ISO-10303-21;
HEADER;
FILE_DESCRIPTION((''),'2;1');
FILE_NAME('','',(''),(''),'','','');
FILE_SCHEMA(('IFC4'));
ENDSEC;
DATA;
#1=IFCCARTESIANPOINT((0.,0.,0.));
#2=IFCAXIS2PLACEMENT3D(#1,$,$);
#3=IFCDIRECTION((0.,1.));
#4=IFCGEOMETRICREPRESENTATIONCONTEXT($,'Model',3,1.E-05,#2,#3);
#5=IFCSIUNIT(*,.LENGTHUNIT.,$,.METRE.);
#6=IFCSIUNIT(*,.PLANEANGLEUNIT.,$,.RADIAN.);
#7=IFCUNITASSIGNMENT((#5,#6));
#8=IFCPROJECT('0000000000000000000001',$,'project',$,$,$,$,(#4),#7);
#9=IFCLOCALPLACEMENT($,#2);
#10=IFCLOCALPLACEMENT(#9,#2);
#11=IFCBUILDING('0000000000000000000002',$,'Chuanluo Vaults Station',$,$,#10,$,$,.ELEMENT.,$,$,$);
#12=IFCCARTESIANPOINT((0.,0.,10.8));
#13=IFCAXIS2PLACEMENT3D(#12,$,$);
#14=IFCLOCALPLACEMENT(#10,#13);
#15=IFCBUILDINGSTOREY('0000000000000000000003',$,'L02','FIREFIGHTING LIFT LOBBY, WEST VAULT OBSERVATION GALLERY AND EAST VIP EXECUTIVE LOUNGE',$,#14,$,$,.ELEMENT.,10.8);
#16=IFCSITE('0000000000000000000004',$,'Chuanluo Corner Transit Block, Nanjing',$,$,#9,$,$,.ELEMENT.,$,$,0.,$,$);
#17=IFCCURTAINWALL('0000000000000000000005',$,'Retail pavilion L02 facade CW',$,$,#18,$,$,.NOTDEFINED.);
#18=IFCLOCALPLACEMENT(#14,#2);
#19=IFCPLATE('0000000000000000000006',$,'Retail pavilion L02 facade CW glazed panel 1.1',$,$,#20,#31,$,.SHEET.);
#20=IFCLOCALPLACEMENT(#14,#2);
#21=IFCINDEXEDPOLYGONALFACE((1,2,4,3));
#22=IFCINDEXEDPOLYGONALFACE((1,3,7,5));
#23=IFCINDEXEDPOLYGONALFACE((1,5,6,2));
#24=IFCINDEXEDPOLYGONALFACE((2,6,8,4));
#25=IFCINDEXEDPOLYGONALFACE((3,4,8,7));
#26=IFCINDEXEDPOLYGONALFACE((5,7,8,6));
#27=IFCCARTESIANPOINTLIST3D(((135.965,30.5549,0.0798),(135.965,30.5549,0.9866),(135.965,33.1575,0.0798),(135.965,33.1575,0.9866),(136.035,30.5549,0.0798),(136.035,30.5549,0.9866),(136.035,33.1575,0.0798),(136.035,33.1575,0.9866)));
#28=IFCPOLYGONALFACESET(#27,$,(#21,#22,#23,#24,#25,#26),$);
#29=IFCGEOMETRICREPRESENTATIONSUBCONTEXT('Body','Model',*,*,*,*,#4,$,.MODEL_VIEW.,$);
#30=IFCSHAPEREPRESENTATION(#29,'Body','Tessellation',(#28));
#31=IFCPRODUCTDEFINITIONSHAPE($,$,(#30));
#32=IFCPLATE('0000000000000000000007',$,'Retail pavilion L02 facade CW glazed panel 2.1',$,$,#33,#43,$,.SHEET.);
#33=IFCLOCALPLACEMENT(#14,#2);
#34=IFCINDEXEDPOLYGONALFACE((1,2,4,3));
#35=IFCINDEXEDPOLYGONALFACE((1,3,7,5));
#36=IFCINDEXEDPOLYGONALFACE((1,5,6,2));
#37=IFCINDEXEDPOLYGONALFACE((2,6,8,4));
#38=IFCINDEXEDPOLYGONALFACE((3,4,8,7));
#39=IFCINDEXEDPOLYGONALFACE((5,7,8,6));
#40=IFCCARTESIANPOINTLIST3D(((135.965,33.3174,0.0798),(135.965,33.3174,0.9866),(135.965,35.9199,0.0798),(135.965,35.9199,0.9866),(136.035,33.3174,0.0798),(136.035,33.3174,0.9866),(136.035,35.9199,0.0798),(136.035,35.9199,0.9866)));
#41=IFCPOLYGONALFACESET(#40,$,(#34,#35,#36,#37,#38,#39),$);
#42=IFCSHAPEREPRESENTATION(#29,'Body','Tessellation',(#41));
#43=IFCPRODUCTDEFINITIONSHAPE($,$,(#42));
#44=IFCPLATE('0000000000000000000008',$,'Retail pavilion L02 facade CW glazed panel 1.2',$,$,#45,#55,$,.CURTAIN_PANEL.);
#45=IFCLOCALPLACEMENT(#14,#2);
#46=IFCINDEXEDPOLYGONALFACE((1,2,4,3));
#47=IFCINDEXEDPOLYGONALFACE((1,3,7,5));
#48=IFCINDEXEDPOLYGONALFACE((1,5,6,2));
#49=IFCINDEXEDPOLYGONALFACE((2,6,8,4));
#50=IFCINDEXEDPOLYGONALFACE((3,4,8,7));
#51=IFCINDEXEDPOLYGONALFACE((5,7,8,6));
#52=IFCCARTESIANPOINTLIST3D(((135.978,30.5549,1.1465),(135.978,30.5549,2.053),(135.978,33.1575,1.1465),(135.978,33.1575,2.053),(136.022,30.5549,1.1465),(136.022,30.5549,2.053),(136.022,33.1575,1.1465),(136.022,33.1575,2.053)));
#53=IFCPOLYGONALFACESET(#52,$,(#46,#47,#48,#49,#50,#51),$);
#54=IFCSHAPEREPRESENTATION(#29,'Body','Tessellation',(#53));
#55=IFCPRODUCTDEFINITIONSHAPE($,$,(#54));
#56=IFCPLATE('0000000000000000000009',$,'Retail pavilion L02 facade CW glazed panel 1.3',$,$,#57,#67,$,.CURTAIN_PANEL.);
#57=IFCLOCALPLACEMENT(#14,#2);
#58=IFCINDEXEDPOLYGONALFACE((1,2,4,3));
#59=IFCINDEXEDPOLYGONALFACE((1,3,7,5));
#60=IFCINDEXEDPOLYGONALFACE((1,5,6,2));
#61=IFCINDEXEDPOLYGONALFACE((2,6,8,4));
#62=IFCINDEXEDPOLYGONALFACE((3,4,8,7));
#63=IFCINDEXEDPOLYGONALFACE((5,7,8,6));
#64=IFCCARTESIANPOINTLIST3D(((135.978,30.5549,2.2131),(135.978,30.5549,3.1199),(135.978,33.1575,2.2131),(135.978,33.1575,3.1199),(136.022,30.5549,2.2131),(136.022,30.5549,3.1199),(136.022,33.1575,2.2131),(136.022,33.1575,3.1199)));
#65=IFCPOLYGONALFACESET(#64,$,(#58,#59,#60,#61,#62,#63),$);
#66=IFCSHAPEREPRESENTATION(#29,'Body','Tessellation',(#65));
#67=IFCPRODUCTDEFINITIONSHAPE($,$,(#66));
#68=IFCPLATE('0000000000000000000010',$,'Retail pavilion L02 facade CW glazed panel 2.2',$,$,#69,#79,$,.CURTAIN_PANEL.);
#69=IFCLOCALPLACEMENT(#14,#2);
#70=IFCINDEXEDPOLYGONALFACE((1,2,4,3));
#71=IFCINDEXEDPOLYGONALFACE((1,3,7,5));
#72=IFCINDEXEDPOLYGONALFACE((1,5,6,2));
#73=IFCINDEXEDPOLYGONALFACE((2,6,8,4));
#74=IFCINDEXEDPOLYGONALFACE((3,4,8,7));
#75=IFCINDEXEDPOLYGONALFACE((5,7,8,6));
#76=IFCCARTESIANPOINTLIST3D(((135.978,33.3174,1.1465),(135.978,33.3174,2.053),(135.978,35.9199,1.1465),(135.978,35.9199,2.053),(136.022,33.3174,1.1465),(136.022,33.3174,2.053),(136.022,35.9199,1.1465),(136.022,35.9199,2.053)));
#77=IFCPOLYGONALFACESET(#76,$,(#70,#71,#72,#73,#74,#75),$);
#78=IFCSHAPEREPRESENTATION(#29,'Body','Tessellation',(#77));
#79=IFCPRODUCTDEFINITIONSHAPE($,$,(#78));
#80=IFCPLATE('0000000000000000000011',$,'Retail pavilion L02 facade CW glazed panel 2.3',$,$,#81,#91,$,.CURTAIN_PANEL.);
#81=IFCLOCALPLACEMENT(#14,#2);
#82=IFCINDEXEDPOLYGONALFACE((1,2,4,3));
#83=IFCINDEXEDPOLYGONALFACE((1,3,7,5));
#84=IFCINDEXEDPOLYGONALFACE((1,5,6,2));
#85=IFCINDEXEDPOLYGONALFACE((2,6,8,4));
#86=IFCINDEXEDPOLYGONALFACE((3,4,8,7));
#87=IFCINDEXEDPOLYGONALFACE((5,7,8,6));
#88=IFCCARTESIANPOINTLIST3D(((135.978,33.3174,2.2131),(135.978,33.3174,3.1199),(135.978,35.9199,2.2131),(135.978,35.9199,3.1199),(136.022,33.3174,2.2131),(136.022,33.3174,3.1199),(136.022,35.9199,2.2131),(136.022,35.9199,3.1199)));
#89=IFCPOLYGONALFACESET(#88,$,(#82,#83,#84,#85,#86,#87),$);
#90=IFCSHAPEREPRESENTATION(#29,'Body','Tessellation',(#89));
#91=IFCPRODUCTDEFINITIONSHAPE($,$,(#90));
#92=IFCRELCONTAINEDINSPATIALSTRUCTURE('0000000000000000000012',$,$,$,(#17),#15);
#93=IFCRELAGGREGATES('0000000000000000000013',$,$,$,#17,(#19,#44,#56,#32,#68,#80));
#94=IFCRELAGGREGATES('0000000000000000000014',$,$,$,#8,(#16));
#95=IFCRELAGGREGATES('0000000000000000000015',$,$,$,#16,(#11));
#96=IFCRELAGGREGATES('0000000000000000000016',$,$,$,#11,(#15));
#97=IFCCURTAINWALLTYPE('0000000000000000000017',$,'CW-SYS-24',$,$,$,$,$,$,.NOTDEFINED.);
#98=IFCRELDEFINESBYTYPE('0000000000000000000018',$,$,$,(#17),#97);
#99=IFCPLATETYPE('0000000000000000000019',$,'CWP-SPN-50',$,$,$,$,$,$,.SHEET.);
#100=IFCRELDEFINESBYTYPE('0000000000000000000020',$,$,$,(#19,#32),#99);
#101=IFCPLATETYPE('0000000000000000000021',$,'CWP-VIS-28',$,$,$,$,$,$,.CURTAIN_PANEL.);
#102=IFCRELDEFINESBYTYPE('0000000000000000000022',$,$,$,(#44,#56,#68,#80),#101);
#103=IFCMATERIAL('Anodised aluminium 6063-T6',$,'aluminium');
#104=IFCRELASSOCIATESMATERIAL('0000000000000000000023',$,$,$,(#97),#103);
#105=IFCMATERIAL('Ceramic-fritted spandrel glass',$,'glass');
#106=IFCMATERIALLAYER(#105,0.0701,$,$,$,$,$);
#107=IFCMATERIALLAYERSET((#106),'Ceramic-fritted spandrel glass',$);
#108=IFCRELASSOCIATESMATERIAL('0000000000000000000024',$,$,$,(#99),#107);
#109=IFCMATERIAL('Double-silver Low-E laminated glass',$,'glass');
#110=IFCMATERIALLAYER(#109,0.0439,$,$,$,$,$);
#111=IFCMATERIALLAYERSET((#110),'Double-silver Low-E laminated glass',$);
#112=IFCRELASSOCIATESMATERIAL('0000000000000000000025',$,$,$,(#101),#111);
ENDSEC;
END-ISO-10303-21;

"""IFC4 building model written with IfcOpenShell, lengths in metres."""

from ifc_helpers import new_model, si_unit, direction, frame, origin, origin_2d, place, context, subcontext, project, spatial, rectangle, extrude, material, layer, layer_set, type_object, element, aggregate, save


model = new_model("IFC4")

# Units and contexts
model_context = context("Model", 3, precision=1e-05, world=origin(), true_north=direction((0.0, 1.0)))
body_context = subcontext(model_context, "Body", "Model", "MODEL_VIEW")
ifc_project = project(units=[si_unit("LENGTHUNIT", "METRE"), si_unit("PLANEANGLEUNIT", "RADIAN")], contexts=[model_context])

# Site, building, storey
site_placement = place(None, origin())
site = spatial("IfcSite", under=ifc_project, at=site_placement, Name="Chuanluo Corner Transit Block, Nanjing", CompositionType="ELEMENT", RefElevation=0.0)
building_placement = place(site_placement, origin())
building = spatial("IfcBuilding", under=site, at=building_placement, Name="Chuanluo Vaults Station", CompositionType="ELEMENT")
storey_placement = place(building_placement, frame((0.0, 0.0, 10.8)))
storey = spatial("IfcBuildingStorey", under=building, at=storey_placement, Name="L02", Description="FIREFIGHTING LIFT LOBBY, WEST VAULT OBSERVATION GALLERY AND EAST VIP EXECUTIVE LOUNGE", CompositionType="ELEMENT", Elevation=10.8)

# Curtain wall, plates
ifc_material_1 = material(Name="Anodised aluminium 6063-T6", Category="aluminium")
curtain_wall_type = type_object("IfcCurtainWallType", Name="CW-SYS-24", PredefinedType="NOTDEFINED", material=ifc_material_1)
curtain_wall_placement = place(storey_placement, origin())
curtain_wall = element("IfcCurtainWall", 1, at=curtain_wall_placement, inside=storey, type_object=curtain_wall_type, Name="Retail pavilion L02 facade CW", PredefinedType="NOTDEFINED")
ifc_material_2 = material(Name="Ceramic-fritted spandrel glass", Category="glass")
ifc_layer_1 = layer(ifc_material_2, 0.0701)
ifc_layer_set_1 = layer_set([ifc_layer_1], Name="Ceramic-fritted spandrel glass")
plate_type_1 = type_object("IfcPlateType", Name="CWP-SPN-50", PredefinedType="SHEET", material=ifc_layer_set_1)
plate_1_placement = place(storey_placement, frame((136.0, 31.8562, 0.0798), z_axis=(0.0, 0.0, 1.0), x_axis=(0.0, 1.0, 0.0)))
plate_1 = element("IfcPlate", 2, at=plate_1_placement, type_object=plate_type_1, Name="Retail pavilion L02 facade CW glazed panel 1.1", PredefinedType="SHEET", context=body_context, shape_type="SweptSolid", body=[
    extrude(rectangle(XDim=2.6025, YDim=0.0701, at=origin_2d()), origin(), (0.0, 0.0, 1.0), 0.9067),
])
plate_2_placement = place(storey_placement, frame((136.0, 34.6187, 0.0798), z_axis=(0.0, 0.0, 1.0), x_axis=(0.0, 1.0, 0.0)))
plate_2 = element("IfcPlate", 3, at=plate_2_placement, type_object=plate_type_1, Name="Retail pavilion L02 facade CW glazed panel 2.1", PredefinedType="SHEET", context=body_context, shape_type="SweptSolid", body=[
    extrude(rectangle(XDim=2.6025, YDim=0.0701, at=origin_2d()), origin(), (0.0, 0.0, 1.0), 0.9067),
])
ifc_material_3 = material(Name="Double-silver Low-E laminated glass", Category="glass")
ifc_layer_2 = layer(ifc_material_3, 0.0439)
ifc_layer_set_2 = layer_set([ifc_layer_2], Name="Double-silver Low-E laminated glass")
plate_type_2 = type_object("IfcPlateType", Name="CWP-VIS-28", PredefinedType="CURTAIN_PANEL", material=ifc_layer_set_2)
plate_3_placement = place(storey_placement, frame((136.0, 31.8562, 1.1465), z_axis=(0.0, 0.0, 1.0), x_axis=(0.0, 1.0, 0.0)))
plate_3 = element("IfcPlate", 4, at=plate_3_placement, type_object=plate_type_2, Name="Retail pavilion L02 facade CW glazed panel 1.2", PredefinedType="CURTAIN_PANEL", context=body_context, shape_type="SweptSolid", body=[
    extrude(rectangle(XDim=2.6025, YDim=0.0439, at=origin_2d()), origin(), (0.0, 0.0, 1.0), 0.9065),
])
plate_4_placement = place(storey_placement, frame((136.0, 31.8562, 2.2131), z_axis=(0.0, 0.0, 1.0), x_axis=(0.0, 1.0, 0.0)))
plate_4 = element("IfcPlate", 5, at=plate_4_placement, type_object=plate_type_2, Name="Retail pavilion L02 facade CW glazed panel 1.3", PredefinedType="CURTAIN_PANEL", context=body_context, shape_type="SweptSolid", body=[
    extrude(rectangle(XDim=2.6025, YDim=0.0439, at=origin_2d()), origin(), (0.0, 0.0, 1.0), 0.9067),
])
plate_5_placement = place(storey_placement, frame((136.0, 34.6187, 1.1465), z_axis=(0.0, 0.0, 1.0), x_axis=(0.0, 1.0, 0.0)))
plate_5 = element("IfcPlate", 6, at=plate_5_placement, type_object=plate_type_2, Name="Retail pavilion L02 facade CW glazed panel 2.2", PredefinedType="CURTAIN_PANEL", context=body_context, shape_type="SweptSolid", body=[
    extrude(rectangle(XDim=2.6025, YDim=0.0439, at=origin_2d()), origin(), (0.0, 0.0, 1.0), 0.9065),
])
plate_6_placement = place(storey_placement, frame((136.0, 34.6187, 2.2131), z_axis=(0.0, 0.0, 1.0), x_axis=(0.0, 1.0, 0.0)))
plate_6 = element("IfcPlate", 7, at=plate_6_placement, type_object=plate_type_2, Name="Retail pavilion L02 facade CW glazed panel 2.3", PredefinedType="CURTAIN_PANEL", context=body_context, shape_type="SweptSolid", body=[
    extrude(rectangle(XDim=2.6025, YDim=0.0439, at=origin_2d()), origin(), (0.0, 0.0, 1.0), 0.9067),
])
aggregate(curtain_wall, [plate_1, plate_3, plate_4, plate_2, plate_5, plate_6])

save(model, "model.ifc")
